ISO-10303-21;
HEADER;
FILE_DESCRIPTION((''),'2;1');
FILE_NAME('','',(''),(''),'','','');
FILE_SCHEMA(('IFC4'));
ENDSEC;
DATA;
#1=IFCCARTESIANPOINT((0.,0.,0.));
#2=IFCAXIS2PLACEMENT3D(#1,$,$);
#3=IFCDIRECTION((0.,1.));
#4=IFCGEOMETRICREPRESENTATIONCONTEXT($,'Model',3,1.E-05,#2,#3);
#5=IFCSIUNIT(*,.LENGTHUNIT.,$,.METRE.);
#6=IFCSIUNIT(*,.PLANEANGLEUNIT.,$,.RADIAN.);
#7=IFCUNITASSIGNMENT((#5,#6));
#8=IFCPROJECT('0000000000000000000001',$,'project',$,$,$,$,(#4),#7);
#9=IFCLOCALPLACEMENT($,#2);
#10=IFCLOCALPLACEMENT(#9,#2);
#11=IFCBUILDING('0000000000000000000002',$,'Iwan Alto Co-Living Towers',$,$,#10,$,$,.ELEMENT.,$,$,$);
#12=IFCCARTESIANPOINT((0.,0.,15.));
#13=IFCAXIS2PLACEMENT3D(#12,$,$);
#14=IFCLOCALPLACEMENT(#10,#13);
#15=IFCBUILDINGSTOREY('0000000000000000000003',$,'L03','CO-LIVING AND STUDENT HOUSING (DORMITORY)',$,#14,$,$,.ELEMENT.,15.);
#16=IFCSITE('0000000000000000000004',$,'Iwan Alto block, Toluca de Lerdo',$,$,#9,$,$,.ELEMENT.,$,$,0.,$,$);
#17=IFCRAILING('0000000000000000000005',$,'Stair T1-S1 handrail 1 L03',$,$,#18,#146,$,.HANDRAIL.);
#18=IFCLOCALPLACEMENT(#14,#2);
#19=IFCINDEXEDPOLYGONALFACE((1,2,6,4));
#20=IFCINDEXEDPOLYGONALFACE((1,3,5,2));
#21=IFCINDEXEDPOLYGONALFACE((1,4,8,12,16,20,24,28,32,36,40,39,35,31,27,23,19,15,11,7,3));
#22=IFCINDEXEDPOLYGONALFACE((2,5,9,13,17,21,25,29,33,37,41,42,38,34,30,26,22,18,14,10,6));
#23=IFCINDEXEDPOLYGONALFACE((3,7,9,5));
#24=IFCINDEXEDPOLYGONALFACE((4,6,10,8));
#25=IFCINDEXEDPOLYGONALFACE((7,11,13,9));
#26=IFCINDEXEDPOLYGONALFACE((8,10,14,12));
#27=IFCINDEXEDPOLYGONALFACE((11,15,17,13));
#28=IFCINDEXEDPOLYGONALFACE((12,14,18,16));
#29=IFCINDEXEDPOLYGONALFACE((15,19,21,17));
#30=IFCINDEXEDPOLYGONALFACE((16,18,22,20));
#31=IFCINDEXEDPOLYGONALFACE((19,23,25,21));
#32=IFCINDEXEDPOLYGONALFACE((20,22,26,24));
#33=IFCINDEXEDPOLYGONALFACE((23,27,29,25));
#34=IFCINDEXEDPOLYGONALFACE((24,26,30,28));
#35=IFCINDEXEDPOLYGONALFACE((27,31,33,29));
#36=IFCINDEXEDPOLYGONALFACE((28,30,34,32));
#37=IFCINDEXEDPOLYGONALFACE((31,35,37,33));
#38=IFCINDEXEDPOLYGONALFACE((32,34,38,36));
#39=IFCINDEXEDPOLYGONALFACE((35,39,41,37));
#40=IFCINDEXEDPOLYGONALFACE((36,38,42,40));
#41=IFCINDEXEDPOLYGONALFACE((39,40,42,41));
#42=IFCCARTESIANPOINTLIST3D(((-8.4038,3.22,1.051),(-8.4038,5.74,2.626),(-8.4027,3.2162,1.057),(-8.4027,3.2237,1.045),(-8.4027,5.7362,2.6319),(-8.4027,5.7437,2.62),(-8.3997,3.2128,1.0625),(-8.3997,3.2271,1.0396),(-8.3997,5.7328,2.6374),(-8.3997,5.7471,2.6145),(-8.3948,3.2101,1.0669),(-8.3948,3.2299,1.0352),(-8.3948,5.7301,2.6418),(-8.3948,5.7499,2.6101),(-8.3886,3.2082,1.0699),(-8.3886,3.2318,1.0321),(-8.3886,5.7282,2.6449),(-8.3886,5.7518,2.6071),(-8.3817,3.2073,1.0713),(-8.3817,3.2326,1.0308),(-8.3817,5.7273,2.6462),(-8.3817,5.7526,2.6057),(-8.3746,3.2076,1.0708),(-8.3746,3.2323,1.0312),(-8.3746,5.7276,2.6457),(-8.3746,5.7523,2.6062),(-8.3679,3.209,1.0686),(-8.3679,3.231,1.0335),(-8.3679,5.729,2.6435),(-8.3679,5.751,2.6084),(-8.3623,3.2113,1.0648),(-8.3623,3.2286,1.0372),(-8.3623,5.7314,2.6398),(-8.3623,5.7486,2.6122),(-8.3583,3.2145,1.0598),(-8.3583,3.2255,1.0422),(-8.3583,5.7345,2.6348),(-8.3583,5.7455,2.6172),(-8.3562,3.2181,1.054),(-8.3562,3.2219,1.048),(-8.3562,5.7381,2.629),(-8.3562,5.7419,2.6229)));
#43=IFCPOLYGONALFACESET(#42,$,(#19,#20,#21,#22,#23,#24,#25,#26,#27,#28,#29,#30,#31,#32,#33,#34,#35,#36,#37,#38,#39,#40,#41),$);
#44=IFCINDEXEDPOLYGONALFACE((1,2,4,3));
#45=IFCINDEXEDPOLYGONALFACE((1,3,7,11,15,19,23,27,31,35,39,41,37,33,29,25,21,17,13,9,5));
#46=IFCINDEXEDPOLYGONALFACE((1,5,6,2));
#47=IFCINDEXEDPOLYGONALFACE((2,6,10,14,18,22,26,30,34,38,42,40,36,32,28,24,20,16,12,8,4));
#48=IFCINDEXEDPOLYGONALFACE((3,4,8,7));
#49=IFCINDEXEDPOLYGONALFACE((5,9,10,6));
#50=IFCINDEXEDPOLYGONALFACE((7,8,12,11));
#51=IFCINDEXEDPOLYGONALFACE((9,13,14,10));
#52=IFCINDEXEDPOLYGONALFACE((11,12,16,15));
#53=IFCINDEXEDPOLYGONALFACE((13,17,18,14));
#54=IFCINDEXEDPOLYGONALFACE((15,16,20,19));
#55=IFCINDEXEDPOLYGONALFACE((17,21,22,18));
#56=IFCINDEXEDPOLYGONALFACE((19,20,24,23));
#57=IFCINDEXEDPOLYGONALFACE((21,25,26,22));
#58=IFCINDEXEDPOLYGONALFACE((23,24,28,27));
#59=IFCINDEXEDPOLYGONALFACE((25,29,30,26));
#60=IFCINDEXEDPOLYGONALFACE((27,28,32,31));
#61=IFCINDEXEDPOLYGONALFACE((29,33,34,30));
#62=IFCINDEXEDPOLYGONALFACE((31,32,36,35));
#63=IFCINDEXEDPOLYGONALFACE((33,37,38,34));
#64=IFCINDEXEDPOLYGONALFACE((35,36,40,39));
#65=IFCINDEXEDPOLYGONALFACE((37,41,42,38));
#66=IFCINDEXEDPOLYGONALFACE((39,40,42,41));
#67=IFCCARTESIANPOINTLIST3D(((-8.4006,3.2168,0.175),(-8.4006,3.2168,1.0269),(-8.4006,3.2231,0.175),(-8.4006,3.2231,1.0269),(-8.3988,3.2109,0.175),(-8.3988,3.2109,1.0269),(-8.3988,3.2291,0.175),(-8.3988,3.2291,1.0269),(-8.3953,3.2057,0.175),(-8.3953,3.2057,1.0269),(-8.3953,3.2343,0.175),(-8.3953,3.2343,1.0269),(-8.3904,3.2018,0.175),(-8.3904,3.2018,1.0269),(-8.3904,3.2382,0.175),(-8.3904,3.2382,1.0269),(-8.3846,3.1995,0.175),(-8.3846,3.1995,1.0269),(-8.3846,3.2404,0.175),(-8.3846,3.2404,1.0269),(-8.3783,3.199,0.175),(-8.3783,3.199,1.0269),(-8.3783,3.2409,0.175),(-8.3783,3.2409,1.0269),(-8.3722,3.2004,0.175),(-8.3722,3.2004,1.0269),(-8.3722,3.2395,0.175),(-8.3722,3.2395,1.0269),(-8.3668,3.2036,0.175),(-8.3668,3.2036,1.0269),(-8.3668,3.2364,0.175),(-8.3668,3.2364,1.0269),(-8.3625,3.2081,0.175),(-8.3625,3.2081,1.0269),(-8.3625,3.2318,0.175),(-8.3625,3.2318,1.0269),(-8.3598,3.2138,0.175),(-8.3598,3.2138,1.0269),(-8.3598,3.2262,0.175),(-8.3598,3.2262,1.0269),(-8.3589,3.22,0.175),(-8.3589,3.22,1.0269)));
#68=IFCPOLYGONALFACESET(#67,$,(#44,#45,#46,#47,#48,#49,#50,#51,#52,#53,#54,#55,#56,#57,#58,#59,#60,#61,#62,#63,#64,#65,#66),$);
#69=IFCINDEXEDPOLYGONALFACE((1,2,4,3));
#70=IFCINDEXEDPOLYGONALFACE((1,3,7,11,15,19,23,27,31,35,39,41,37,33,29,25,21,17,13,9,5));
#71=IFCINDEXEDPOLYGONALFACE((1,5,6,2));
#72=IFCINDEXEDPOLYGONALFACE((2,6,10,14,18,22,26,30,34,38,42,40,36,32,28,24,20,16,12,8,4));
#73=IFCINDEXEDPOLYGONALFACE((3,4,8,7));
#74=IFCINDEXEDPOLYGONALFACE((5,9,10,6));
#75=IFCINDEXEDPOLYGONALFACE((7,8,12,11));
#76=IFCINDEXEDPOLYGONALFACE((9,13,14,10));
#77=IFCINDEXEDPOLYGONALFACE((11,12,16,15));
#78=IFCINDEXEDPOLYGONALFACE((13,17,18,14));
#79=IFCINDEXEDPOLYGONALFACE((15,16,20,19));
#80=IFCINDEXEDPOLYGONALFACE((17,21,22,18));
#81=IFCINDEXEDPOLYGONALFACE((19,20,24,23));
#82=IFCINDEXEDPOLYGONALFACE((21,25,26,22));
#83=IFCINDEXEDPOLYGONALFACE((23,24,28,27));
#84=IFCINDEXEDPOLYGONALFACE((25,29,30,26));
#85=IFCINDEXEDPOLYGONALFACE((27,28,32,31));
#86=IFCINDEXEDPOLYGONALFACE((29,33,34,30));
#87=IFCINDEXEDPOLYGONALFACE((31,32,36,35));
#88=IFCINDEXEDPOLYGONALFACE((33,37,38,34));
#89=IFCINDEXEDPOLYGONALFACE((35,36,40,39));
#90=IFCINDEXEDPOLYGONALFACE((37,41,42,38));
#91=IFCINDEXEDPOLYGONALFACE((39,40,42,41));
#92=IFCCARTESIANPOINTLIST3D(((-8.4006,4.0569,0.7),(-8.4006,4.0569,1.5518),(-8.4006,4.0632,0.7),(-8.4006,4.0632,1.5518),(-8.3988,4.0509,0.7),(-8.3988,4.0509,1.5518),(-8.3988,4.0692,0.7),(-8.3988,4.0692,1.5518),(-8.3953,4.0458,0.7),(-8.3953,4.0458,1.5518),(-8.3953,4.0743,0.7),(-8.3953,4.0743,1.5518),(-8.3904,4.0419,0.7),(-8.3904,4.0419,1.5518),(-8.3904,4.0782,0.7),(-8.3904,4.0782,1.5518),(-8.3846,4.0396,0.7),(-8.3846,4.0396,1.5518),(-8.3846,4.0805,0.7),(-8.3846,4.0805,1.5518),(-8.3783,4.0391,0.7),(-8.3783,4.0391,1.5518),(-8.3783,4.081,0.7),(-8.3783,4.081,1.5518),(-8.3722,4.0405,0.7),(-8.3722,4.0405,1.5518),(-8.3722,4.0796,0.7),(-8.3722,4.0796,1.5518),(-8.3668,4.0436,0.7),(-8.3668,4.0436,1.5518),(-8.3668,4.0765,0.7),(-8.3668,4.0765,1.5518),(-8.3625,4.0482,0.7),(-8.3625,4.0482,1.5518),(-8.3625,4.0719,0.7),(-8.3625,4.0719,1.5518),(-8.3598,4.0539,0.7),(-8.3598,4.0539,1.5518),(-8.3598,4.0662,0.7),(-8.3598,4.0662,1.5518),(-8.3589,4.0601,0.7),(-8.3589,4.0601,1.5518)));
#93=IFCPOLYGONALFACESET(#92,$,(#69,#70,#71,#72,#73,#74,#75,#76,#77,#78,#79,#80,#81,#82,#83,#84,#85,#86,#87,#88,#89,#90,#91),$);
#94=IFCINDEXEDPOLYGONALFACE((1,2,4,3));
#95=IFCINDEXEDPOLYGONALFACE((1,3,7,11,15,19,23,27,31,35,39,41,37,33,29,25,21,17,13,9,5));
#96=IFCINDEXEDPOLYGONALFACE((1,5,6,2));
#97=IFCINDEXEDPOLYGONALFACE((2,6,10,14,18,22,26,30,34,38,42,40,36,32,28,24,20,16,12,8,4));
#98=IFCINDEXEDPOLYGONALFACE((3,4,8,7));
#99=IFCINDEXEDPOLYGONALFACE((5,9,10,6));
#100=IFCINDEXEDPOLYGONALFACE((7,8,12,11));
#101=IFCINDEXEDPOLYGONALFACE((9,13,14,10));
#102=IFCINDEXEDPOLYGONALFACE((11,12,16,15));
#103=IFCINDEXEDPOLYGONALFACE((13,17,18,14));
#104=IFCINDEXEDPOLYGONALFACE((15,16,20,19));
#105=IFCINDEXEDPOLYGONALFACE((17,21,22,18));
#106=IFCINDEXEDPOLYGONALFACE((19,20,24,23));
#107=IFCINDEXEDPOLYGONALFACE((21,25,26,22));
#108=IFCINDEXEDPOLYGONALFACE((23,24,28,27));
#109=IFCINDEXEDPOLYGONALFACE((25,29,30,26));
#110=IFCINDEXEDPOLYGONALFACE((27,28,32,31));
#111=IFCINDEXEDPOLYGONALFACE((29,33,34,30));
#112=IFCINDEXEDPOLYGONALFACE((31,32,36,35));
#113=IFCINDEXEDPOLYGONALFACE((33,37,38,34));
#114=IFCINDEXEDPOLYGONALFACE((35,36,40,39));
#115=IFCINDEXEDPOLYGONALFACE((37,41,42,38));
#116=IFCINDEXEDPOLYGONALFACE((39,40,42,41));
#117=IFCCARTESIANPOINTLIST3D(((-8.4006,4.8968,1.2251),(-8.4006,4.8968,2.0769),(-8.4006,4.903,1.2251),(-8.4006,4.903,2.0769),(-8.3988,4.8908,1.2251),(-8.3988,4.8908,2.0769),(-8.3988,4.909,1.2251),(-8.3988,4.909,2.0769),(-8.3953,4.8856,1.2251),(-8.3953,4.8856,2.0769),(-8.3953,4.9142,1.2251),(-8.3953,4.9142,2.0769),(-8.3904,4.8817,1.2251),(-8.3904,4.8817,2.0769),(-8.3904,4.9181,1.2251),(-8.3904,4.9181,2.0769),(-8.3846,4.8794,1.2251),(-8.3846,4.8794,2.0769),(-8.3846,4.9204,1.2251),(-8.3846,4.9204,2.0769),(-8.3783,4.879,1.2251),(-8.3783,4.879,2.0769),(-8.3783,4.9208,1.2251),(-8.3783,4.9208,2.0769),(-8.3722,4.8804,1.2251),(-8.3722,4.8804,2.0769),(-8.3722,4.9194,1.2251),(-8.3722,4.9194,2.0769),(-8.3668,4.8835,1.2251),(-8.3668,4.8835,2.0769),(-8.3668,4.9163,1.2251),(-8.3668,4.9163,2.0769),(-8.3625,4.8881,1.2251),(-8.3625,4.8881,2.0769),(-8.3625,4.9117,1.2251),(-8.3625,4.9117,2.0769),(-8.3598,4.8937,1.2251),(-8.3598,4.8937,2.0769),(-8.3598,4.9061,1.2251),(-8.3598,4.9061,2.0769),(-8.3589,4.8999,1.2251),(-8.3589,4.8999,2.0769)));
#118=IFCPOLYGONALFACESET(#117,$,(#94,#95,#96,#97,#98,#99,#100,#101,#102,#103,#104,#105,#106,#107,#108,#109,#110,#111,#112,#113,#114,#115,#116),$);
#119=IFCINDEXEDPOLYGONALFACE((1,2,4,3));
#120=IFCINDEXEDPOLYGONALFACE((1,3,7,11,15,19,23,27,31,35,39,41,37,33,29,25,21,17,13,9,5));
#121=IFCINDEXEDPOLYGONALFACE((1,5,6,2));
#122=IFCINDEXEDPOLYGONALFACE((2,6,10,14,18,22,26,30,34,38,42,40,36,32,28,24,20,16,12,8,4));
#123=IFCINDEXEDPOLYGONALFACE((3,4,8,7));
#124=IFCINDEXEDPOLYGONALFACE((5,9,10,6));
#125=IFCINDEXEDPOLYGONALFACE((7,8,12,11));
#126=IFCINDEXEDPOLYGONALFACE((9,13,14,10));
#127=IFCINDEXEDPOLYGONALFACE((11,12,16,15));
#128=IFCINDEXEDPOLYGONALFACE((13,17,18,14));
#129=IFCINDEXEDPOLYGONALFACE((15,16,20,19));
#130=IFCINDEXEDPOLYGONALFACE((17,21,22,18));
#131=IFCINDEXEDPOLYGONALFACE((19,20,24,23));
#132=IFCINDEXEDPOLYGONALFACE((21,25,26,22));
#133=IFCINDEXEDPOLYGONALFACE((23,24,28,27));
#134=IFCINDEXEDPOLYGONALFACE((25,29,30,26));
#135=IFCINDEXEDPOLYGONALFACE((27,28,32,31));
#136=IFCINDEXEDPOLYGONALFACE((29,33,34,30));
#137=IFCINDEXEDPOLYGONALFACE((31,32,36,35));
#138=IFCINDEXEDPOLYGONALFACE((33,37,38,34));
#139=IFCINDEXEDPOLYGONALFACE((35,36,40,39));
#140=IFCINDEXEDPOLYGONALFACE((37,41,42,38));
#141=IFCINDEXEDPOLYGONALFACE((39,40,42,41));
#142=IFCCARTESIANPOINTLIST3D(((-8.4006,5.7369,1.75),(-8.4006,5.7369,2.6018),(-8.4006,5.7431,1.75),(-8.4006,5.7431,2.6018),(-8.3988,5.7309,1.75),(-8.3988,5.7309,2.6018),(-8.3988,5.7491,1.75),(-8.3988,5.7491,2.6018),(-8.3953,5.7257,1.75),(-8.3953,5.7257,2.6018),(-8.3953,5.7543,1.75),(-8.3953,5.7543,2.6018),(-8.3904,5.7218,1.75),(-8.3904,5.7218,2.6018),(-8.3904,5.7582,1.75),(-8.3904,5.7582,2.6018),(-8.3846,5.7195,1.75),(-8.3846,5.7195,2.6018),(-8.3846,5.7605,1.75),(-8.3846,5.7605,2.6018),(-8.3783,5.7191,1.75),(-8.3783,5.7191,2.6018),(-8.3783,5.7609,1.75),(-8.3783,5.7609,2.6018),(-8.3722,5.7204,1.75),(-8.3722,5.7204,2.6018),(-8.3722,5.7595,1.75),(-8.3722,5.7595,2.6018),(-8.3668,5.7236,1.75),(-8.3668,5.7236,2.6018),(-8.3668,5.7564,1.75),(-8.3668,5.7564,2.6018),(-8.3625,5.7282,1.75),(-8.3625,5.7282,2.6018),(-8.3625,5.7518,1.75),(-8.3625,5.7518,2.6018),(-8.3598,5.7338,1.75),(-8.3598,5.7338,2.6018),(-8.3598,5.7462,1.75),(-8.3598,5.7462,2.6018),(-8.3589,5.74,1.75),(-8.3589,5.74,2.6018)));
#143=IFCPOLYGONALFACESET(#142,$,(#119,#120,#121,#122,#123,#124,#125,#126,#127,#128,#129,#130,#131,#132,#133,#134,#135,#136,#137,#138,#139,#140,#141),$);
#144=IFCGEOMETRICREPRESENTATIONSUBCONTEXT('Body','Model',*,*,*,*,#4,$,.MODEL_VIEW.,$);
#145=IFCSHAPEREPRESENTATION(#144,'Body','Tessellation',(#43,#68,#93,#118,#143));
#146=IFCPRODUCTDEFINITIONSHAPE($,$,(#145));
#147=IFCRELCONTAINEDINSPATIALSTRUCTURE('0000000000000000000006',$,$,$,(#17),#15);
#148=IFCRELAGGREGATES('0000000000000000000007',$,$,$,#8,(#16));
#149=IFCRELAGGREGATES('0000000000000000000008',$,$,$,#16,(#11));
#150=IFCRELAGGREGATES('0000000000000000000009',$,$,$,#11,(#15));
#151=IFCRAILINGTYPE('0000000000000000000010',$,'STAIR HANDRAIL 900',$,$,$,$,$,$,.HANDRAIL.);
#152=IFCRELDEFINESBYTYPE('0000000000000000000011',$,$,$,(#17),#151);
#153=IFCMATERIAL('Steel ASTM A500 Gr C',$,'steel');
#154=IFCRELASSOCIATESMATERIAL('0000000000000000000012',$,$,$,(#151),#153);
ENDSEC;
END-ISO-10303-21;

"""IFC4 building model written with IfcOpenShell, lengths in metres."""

from ifc_helpers import new_model, si_unit, direction, frame, origin, origin_2d, place, context, subcontext, project, spatial, circle, extrude, material, type_object, element, save


model = new_model("IFC4")

# Units and contexts
model_context = context("Model", 3, precision=1e-05, world=origin(), true_north=direction((0.0, 1.0)))
body_context = subcontext(model_context, "Body", "Model", "MODEL_VIEW")
ifc_project = project(units=[si_unit("LENGTHUNIT", "METRE"), si_unit("PLANEANGLEUNIT", "RADIAN")], contexts=[model_context])

# Site, building, storey
site_placement = place(None, origin())
site = spatial("IfcSite", under=ifc_project, at=site_placement, Name="Iwan Alto block, Toluca de Lerdo", CompositionType="ELEMENT", RefElevation=0.0)
building_placement = place(site_placement, origin())
building = spatial("IfcBuilding", under=site, at=building_placement, Name="Iwan Alto Co-Living Towers", CompositionType="ELEMENT")
storey_placement = place(building_placement, frame((0.0, 0.0, 15.0)))
storey = spatial("IfcBuildingStorey", under=building, at=storey_placement, Name="L03", Description="CO-LIVING AND STUDENT HOUSING (DORMITORY)", CompositionType="ELEMENT", Elevation=15.0)

# Railing
ifc_material_1 = material(Name="Steel ASTM A500 Gr C", Category="steel")
railing_type_1 = type_object("IfcRailingType", Name="STAIR HANDRAIL 900", PredefinedType="HANDRAIL", material=ifc_material_1)
railing_1_placement = place(storey_placement, frame((-8.3799, 3.22, 0.175)))
element("IfcRailing", 1, at=railing_1_placement, inside=storey, type_object=railing_type_1, Name="Stair T1-S1 handrail 1 L03", PredefinedType="HANDRAIL", context=body_context, shape_type="SweptSolid", body=[
    extrude(circle(Radius=0.0239, at=origin_2d()), frame((0.0, 0.0, 0.876), z_axis=(0.0, 0.848008, 0.529984), x_axis=(-1.0, 0.0, 0.0)), (0.0, 0.0, 1.0), 2.9717),
    extrude(circle(Radius=0.021, at=origin_2d()), origin(), (0.0, 0.0, 1.0), 0.8518),
    extrude(circle(Radius=0.021, at=origin_2d()), frame((0.0, 0.8401, 0.5249)), (0.0, 0.0, 1.0), 0.8518),
    extrude(circle(Radius=0.021, at=origin_2d()), frame((0.0, 1.6799, 1.05)), (0.0, 0.0, 1.0), 0.8518),
    extrude(circle(Radius=0.021, at=origin_2d()), frame((0.0, 2.52, 1.575)), (0.0, 0.0, 1.0), 0.8518),
])

save(model, "model.ifc")
